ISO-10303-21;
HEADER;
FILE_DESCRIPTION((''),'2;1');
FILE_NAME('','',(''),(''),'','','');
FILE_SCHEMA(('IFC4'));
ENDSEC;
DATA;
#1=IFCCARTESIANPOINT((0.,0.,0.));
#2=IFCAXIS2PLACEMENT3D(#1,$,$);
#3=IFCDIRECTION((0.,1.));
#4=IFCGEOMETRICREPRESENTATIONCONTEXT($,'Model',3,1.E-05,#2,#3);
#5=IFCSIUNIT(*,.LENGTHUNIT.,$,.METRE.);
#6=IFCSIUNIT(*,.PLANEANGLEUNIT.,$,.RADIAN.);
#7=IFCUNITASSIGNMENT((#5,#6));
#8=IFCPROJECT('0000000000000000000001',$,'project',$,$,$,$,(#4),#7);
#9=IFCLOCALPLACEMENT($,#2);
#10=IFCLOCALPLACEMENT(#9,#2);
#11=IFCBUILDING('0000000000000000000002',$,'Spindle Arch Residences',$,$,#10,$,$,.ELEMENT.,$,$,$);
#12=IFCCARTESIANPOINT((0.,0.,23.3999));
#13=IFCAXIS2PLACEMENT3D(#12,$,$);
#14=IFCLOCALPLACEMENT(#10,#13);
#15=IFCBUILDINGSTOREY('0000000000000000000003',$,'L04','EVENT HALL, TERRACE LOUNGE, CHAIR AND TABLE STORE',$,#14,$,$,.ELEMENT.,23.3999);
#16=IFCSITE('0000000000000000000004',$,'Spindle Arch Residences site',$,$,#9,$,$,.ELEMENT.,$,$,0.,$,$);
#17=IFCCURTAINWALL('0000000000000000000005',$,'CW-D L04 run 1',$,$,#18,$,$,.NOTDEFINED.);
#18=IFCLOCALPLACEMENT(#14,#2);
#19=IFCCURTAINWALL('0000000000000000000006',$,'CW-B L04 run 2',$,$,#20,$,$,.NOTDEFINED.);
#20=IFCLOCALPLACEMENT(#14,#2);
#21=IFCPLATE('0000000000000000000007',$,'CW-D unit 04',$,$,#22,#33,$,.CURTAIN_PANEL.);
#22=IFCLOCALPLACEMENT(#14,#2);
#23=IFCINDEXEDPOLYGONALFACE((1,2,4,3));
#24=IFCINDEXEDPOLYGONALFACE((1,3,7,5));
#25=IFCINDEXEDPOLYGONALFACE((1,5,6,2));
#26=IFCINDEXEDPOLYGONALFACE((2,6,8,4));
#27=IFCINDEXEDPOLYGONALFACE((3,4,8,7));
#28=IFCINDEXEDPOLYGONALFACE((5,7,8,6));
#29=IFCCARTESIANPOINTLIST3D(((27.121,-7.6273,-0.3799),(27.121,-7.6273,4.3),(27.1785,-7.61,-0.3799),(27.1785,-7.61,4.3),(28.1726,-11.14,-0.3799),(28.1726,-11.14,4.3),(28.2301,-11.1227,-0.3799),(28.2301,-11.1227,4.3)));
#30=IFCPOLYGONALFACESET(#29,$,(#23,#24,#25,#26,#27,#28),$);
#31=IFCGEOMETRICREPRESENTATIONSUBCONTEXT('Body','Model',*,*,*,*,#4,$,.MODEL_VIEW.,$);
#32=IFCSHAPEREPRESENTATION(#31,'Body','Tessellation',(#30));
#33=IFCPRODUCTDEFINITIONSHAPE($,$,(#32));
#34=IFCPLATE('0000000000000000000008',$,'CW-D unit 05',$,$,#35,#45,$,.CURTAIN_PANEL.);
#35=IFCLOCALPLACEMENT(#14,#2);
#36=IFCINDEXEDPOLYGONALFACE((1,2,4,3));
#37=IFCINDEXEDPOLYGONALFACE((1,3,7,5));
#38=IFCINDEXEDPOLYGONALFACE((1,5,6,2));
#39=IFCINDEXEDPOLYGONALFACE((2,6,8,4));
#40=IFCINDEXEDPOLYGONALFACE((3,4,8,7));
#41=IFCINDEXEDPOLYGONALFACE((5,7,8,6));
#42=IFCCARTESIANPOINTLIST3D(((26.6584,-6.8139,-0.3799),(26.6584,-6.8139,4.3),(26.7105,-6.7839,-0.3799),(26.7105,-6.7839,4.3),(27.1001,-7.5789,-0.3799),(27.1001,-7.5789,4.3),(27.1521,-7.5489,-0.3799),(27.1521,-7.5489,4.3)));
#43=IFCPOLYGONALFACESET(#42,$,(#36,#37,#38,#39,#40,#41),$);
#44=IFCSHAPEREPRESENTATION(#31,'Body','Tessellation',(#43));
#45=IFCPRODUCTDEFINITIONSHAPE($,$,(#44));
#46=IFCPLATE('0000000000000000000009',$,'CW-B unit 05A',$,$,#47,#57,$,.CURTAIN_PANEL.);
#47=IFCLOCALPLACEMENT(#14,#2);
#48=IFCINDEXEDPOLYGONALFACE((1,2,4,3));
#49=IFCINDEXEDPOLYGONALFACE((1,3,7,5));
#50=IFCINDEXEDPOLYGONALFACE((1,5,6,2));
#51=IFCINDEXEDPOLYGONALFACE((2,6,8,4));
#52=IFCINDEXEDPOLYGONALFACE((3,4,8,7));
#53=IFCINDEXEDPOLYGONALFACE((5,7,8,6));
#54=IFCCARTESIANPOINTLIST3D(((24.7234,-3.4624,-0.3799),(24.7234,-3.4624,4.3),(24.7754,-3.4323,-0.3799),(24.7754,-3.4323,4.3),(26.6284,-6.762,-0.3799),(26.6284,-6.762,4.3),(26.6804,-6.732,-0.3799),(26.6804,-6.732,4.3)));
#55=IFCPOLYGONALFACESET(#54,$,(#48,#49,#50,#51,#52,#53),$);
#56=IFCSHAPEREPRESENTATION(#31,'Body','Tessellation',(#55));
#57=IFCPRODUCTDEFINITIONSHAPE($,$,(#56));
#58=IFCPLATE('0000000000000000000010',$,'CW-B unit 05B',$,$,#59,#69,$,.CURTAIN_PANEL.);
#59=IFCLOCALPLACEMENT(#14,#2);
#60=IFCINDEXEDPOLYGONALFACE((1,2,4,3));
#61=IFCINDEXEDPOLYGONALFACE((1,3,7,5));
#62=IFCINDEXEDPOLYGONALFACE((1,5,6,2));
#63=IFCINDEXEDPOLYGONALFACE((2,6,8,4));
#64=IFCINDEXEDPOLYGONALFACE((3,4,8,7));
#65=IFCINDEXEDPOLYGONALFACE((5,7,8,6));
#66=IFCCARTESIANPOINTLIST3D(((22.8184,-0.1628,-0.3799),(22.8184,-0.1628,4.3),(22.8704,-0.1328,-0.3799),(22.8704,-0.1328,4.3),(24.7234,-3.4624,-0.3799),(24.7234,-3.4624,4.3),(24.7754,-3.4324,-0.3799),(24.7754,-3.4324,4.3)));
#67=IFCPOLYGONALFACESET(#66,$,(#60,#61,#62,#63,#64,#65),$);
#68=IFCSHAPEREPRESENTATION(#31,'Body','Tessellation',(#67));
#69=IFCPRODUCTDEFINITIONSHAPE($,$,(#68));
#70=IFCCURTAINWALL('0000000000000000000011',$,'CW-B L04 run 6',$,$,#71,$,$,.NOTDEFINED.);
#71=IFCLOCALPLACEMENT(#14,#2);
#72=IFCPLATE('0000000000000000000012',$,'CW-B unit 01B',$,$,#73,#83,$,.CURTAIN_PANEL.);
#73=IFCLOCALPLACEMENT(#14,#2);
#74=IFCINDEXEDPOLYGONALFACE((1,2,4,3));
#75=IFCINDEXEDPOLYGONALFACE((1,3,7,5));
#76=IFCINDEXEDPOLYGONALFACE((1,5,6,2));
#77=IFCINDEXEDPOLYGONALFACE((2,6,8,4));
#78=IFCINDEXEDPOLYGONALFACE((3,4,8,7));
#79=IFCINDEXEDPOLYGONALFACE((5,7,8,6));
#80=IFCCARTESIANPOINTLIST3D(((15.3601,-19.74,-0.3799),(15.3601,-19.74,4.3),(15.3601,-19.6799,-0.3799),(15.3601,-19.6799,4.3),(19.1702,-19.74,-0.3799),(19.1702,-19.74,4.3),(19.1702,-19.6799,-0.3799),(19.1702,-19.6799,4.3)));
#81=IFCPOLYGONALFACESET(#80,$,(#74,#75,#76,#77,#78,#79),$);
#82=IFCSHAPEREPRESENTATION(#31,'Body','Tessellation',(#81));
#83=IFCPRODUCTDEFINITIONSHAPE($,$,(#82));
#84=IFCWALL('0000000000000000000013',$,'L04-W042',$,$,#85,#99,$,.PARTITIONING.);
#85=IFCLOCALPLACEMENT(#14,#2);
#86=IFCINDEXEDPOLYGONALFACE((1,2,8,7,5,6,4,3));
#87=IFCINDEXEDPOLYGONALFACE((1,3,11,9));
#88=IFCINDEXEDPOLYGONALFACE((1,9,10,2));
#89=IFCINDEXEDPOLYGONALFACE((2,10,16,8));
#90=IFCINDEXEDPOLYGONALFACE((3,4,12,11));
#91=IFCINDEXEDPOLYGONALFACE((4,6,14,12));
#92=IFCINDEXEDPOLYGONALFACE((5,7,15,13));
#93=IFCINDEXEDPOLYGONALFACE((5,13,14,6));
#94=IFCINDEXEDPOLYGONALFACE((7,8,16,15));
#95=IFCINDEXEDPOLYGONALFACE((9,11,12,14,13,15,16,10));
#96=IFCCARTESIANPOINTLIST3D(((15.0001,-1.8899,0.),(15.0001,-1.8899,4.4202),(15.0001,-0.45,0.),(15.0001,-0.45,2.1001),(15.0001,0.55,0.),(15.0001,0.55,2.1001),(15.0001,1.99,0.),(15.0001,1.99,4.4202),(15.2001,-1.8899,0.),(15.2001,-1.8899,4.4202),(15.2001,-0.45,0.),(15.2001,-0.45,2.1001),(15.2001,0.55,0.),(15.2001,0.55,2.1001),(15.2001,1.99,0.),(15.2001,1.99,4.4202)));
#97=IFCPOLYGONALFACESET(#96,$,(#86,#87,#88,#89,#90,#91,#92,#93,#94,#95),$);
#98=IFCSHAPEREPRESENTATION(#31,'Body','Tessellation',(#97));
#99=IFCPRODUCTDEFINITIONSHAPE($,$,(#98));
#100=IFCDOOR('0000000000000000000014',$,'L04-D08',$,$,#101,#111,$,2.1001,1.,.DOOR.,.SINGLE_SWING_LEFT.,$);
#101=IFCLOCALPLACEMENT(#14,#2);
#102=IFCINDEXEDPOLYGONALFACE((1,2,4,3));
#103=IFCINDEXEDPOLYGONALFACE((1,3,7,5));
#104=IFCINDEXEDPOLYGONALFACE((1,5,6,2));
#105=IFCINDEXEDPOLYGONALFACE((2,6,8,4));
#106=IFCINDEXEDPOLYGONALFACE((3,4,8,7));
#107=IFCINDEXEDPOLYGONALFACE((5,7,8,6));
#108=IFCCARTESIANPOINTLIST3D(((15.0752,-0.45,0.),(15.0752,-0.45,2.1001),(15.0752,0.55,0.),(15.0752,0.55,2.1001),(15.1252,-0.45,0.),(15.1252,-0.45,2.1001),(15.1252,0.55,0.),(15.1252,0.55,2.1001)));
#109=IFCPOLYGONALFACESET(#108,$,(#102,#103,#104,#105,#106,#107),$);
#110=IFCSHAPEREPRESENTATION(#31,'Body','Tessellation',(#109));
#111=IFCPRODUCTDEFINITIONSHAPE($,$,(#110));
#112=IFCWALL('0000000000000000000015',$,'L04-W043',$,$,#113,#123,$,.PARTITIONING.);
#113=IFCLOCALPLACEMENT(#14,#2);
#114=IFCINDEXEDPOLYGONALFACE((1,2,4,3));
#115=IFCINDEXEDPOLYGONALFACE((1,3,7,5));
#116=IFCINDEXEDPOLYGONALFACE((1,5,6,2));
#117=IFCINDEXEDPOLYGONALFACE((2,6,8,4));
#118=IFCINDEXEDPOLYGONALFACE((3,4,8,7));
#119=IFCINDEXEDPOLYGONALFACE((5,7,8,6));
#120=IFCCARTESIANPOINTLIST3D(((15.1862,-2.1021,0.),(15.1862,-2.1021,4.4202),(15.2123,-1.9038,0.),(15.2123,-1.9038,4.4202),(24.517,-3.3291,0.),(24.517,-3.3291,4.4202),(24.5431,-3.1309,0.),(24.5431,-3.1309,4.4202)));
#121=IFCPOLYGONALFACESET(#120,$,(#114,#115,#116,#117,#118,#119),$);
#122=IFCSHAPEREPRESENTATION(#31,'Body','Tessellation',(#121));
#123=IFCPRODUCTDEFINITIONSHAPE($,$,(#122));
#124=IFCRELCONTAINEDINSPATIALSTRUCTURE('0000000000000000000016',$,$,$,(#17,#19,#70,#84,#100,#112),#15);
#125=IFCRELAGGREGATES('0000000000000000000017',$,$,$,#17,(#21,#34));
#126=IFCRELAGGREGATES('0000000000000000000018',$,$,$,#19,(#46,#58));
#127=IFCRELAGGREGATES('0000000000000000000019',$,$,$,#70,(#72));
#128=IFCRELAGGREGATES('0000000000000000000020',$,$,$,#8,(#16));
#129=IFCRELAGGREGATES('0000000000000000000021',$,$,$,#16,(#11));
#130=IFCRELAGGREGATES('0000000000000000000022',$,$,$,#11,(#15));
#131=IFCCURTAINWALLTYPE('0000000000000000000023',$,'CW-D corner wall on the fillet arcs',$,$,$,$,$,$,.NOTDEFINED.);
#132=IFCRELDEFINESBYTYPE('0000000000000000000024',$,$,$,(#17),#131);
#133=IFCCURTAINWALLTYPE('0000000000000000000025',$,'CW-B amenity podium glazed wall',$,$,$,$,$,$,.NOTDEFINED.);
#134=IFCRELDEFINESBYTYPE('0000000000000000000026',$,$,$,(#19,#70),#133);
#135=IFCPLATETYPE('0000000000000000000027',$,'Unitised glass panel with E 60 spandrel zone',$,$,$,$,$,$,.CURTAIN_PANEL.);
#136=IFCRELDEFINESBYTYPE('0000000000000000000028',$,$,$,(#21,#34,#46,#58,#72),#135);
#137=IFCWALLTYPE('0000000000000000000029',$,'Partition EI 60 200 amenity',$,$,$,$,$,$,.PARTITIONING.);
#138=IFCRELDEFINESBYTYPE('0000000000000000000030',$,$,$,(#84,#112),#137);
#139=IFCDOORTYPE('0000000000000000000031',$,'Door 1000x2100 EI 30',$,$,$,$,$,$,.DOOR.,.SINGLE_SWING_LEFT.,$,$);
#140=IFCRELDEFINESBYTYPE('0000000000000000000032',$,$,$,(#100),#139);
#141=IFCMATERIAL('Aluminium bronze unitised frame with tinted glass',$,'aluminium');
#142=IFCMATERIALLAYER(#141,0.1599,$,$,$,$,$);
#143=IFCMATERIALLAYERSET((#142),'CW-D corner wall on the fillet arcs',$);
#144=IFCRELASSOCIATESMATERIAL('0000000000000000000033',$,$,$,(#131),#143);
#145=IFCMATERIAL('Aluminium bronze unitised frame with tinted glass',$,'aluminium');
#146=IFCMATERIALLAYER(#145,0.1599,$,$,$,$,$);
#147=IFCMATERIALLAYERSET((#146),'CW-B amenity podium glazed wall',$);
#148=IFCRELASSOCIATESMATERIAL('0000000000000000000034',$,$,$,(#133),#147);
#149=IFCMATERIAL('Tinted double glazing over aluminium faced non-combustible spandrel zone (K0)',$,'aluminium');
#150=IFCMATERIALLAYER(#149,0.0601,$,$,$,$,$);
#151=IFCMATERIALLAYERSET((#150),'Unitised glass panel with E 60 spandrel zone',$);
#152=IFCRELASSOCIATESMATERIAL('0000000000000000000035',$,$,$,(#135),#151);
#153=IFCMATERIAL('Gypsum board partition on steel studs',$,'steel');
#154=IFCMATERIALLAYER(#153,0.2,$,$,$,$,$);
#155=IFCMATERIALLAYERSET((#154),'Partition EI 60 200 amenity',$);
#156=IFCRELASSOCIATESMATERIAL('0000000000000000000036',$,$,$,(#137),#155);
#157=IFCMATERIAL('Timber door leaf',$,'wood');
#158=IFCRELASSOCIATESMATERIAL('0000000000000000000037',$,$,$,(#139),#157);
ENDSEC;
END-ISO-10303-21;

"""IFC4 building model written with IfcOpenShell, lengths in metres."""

from ifc_helpers import new_model, si_unit, direction, frame, frame_2d, origin, origin_2d, place, context, subcontext, project, spatial, rectangle, extrude, material, layer, layer_set, type_object, element, fill, aggregate, save


model = new_model("IFC4")

# Units and contexts
model_context = context("Model", 3, precision=1e-05, world=origin(), true_north=direction((0.0, 1.0)))
body_context = subcontext(model_context, "Body", "Model", "MODEL_VIEW")
ifc_project = project(units=[si_unit("LENGTHUNIT", "METRE"), si_unit("PLANEANGLEUNIT", "RADIAN")], contexts=[model_context])

# Site, building, storey
site_placement = place(None, origin())
site = spatial("IfcSite", under=ifc_project, at=site_placement, Name="Spindle Arch Residences site", CompositionType="ELEMENT", RefElevation=0.0)
building_placement = place(site_placement, origin())
building = spatial("IfcBuilding", under=site, at=building_placement, Name="Spindle Arch Residences", CompositionType="ELEMENT")
storey_placement = place(building_placement, frame((0.0, 0.0, 23.3999)))
storey = spatial("IfcBuildingStorey", under=building, at=storey_placement, Name="L04", Description="EVENT HALL, TERRACE LOUNGE, CHAIR AND TABLE STORE", CompositionType="ELEMENT", Elevation=23.3999)

# Curtain wall
ifc_material_1 = material(Name="Aluminium bronze unitised frame with tinted glass", Category="aluminium")
ifc_layer_1 = layer(ifc_material_1, 0.1599)
ifc_layer_set_1 = layer_set([ifc_layer_1], Name="CW-D corner wall on the fillet arcs")
curtain_wall_type_1 = type_object("IfcCurtainWallType", Name="CW-D corner wall on the fillet arcs", PredefinedType="NOTDEFINED", material=ifc_layer_set_1)
curtain_wall_1_placement = place(storey_placement, origin())
curtain_wall_1 = element("IfcCurtainWall", 1, at=curtain_wall_1_placement, inside=storey, type_object=curtain_wall_type_1, Name="CW-D L04 run 1", PredefinedType="NOTDEFINED")

# Curtain wall
ifc_material_2 = material(Name="Aluminium bronze unitised frame with tinted glass", Category="aluminium")
ifc_layer_2 = layer(ifc_material_2, 0.1599)
ifc_layer_set_2 = layer_set([ifc_layer_2], Name="CW-B amenity podium glazed wall")
curtain_wall_type_2 = type_object("IfcCurtainWallType", Name="CW-B amenity podium glazed wall", PredefinedType="NOTDEFINED", material=ifc_layer_set_2)
curtain_wall_2_placement = place(storey_placement, origin())
curtain_wall_2 = element("IfcCurtainWall", 2, at=curtain_wall_2_placement, inside=storey, type_object=curtain_wall_type_2, Name="CW-B L04 run 2", PredefinedType="NOTDEFINED")

# Plates
ifc_material_3 = material(Name="Tinted double glazing over aluminium faced non-combustible spandrel zone (K0)", Category="aluminium")
ifc_layer_3 = layer(ifc_material_3, 0.0601)
ifc_layer_set_3 = layer_set([ifc_layer_3], Name="Unitised glass panel with E 60 spandrel zone")
plate_type = type_object("IfcPlateType", Name="Unitised glass panel with E 60 spandrel zone", PredefinedType="CURTAIN_PANEL", material=ifc_layer_set_3)
plate_1_placement = place(storey_placement, frame((27.6755, -9.375, -0.3799), z_axis=(0.0, 0.0, 1.0), x_axis=(-0.286803, 0.95799, 0.0)))
plate_1 = element("IfcPlate", 3, at=plate_1_placement, type_object=plate_type, Name="CW-D unit 04", PredefinedType="CURTAIN_PANEL", context=body_context, shape_type="SweptSolid", body=[
    extrude(rectangle(XDim=3.6667, YDim=0.0601, at=origin_2d()), origin(), (0.0, 0.0, 1.0), 4.6799),
])
plate_2_placement = place(storey_placement, frame((26.9053, -7.1814, -0.3799), z_axis=(0.0, 0.0, 1.0), x_axis=(-0.5, 0.866025, 0.0)))
plate_2 = element("IfcPlate", 4, at=plate_2_placement, type_object=plate_type, Name="CW-D unit 05", PredefinedType="CURTAIN_PANEL", context=body_context, shape_type="SweptSolid", body=[
    extrude(rectangle(XDim=0.8833, YDim=0.0601, at=origin_2d()), origin(), (0.0, 0.0, 1.0), 4.6799),
])
aggregate(curtain_wall_1, [plate_1, plate_2])
plate_3_placement = place(storey_placement, frame((25.7019, -5.0972, -0.3799), z_axis=(0.0, 0.0, 1.0), x_axis=(-0.5, 0.866025, 0.0)))
plate_3 = element("IfcPlate", 5, at=plate_3_placement, type_object=plate_type, Name="CW-B unit 05A", PredefinedType="CURTAIN_PANEL", context=body_context, shape_type="SweptSolid", body=[
    extrude(rectangle(XDim=3.8101, YDim=0.0601, at=origin_2d()), origin(), (0.0, 0.0, 1.0), 4.6799),
])
plate_4_placement = place(storey_placement, frame((23.7969, -1.7976, -0.3799), z_axis=(0.0, 0.0, 1.0), x_axis=(-0.5, 0.866025, 0.0)))
plate_4 = element("IfcPlate", 6, at=plate_4_placement, type_object=plate_type, Name="CW-B unit 05B", PredefinedType="CURTAIN_PANEL", context=body_context, shape_type="SweptSolid", body=[
    extrude(rectangle(XDim=3.8101, YDim=0.0601, at=origin_2d()), origin(), (0.0, 0.0, 1.0), 4.6799),
])
aggregate(curtain_wall_2, [plate_3, plate_4])

# Curtain wall, plate
curtain_wall_3_placement = place(storey_placement, origin())
curtain_wall_3 = element("IfcCurtainWall", 7, at=curtain_wall_3_placement, inside=storey, type_object=curtain_wall_type_2, Name="CW-B L04 run 6", PredefinedType="NOTDEFINED")
plate_5_placement = place(storey_placement, frame((17.2651, -19.71, -0.3799), z_axis=(0.0, 0.0, 1.0), x_axis=(1.0, 0.0, 0.0)))
plate_5 = element("IfcPlate", 8, at=plate_5_placement, type_object=plate_type, Name="CW-B unit 01B", PredefinedType="CURTAIN_PANEL", context=body_context, shape_type="SweptSolid", body=[
    extrude(rectangle(XDim=3.8101, YDim=0.0601, at=origin_2d()), origin(), (0.0, 0.0, 1.0), 4.6799),
])
aggregate(curtain_wall_3, [plate_5])

# Wall, opening, door
ifc_material_4 = material(Name="Gypsum board partition on steel studs", Category="steel")
ifc_layer_4 = layer(ifc_material_4, 0.2)
ifc_layer_set_4 = layer_set([ifc_layer_4], Name="Partition EI 60 200 amenity")
wall_type = type_object("IfcWallType", Name="Partition EI 60 200 amenity", PredefinedType="PARTITIONING", material=ifc_layer_set_4)
wall_1_placement = place(storey_placement, frame((15.1001, -1.8899, 0.0), z_axis=(0.0, 0.0, 1.0), x_axis=(0.0, 1.0, 0.0)))
wall_1 = element("IfcWall", 9, at=wall_1_placement, inside=storey, type_object=wall_type, Name="L04-W042", PredefinedType="PARTITIONING", context=body_context, shape_type="SweptSolid", body=[
    extrude(rectangle(XDim=3.8799, YDim=0.2, at=frame_2d((1.9399, 0.0))), origin(), (0.0, 0.0, 1.0), 4.4202),
])
opening_placement = place(wall_1_placement, frame((1.4399, 0.0, 0.0)))
opening = element("IfcOpeningElement", 10, at=opening_placement, cuts=wall_1, PredefinedType="OPENING", context=body_context, shape_type="SweptSolid", body=[
    extrude(rectangle(XDim=1.0, YDim=2.1001, at=frame_2d((0.5, 1.05))), frame((0.0, 0.1099, 0.0), z_axis=(0.0, -1.0, 0.0), x_axis=(1.0, 0.0, 0.0)), (0.0, 0.0, 1.0), 0.22),
])
ifc_material_5 = material(Name="Timber door leaf", Category="wood")
door_type = type_object("IfcDoorType", Name="Door 1000x2100 EI 30", OperationType="SINGLE_SWING_LEFT", PredefinedType="DOOR", material=ifc_material_5)
door_placement = place(opening_placement, origin())
door = element("IfcDoor", 11, at=door_placement, inside=storey, type_object=door_type, Name="L04-D08", OperationType="SINGLE_SWING_LEFT", OverallHeight=2.1001, OverallWidth=1.0, PredefinedType="DOOR", context=body_context, shape_type="SweptSolid", body=[
    extrude(rectangle(XDim=1.0, YDim=2.1001, at=frame_2d((0.5, 1.05))), frame((0.0, 0.0249, 0.0), z_axis=(0.0, -1.0, 0.0), x_axis=(1.0, 0.0, 0.0)), (0.0, 0.0, 1.0), 0.05),
])
fill(opening, door)

# Wall
wall_2_placement = place(storey_placement, frame((15.1992, -2.0029, 0.0), z_axis=(0.0, 0.0, 1.0), x_axis=(0.991464, -0.130383, 0.0)))
element("IfcWall", 12, at=wall_2_placement, inside=storey, type_object=wall_type, Name="L04-W043", PredefinedType="PARTITIONING", context=body_context, shape_type="SweptSolid", body=[
    extrude(rectangle(XDim=9.4111, YDim=0.2, at=frame_2d((4.7056, 0.0))), origin(), (0.0, 0.0, 1.0), 4.4202),
])

save(model, "model.ifc")
